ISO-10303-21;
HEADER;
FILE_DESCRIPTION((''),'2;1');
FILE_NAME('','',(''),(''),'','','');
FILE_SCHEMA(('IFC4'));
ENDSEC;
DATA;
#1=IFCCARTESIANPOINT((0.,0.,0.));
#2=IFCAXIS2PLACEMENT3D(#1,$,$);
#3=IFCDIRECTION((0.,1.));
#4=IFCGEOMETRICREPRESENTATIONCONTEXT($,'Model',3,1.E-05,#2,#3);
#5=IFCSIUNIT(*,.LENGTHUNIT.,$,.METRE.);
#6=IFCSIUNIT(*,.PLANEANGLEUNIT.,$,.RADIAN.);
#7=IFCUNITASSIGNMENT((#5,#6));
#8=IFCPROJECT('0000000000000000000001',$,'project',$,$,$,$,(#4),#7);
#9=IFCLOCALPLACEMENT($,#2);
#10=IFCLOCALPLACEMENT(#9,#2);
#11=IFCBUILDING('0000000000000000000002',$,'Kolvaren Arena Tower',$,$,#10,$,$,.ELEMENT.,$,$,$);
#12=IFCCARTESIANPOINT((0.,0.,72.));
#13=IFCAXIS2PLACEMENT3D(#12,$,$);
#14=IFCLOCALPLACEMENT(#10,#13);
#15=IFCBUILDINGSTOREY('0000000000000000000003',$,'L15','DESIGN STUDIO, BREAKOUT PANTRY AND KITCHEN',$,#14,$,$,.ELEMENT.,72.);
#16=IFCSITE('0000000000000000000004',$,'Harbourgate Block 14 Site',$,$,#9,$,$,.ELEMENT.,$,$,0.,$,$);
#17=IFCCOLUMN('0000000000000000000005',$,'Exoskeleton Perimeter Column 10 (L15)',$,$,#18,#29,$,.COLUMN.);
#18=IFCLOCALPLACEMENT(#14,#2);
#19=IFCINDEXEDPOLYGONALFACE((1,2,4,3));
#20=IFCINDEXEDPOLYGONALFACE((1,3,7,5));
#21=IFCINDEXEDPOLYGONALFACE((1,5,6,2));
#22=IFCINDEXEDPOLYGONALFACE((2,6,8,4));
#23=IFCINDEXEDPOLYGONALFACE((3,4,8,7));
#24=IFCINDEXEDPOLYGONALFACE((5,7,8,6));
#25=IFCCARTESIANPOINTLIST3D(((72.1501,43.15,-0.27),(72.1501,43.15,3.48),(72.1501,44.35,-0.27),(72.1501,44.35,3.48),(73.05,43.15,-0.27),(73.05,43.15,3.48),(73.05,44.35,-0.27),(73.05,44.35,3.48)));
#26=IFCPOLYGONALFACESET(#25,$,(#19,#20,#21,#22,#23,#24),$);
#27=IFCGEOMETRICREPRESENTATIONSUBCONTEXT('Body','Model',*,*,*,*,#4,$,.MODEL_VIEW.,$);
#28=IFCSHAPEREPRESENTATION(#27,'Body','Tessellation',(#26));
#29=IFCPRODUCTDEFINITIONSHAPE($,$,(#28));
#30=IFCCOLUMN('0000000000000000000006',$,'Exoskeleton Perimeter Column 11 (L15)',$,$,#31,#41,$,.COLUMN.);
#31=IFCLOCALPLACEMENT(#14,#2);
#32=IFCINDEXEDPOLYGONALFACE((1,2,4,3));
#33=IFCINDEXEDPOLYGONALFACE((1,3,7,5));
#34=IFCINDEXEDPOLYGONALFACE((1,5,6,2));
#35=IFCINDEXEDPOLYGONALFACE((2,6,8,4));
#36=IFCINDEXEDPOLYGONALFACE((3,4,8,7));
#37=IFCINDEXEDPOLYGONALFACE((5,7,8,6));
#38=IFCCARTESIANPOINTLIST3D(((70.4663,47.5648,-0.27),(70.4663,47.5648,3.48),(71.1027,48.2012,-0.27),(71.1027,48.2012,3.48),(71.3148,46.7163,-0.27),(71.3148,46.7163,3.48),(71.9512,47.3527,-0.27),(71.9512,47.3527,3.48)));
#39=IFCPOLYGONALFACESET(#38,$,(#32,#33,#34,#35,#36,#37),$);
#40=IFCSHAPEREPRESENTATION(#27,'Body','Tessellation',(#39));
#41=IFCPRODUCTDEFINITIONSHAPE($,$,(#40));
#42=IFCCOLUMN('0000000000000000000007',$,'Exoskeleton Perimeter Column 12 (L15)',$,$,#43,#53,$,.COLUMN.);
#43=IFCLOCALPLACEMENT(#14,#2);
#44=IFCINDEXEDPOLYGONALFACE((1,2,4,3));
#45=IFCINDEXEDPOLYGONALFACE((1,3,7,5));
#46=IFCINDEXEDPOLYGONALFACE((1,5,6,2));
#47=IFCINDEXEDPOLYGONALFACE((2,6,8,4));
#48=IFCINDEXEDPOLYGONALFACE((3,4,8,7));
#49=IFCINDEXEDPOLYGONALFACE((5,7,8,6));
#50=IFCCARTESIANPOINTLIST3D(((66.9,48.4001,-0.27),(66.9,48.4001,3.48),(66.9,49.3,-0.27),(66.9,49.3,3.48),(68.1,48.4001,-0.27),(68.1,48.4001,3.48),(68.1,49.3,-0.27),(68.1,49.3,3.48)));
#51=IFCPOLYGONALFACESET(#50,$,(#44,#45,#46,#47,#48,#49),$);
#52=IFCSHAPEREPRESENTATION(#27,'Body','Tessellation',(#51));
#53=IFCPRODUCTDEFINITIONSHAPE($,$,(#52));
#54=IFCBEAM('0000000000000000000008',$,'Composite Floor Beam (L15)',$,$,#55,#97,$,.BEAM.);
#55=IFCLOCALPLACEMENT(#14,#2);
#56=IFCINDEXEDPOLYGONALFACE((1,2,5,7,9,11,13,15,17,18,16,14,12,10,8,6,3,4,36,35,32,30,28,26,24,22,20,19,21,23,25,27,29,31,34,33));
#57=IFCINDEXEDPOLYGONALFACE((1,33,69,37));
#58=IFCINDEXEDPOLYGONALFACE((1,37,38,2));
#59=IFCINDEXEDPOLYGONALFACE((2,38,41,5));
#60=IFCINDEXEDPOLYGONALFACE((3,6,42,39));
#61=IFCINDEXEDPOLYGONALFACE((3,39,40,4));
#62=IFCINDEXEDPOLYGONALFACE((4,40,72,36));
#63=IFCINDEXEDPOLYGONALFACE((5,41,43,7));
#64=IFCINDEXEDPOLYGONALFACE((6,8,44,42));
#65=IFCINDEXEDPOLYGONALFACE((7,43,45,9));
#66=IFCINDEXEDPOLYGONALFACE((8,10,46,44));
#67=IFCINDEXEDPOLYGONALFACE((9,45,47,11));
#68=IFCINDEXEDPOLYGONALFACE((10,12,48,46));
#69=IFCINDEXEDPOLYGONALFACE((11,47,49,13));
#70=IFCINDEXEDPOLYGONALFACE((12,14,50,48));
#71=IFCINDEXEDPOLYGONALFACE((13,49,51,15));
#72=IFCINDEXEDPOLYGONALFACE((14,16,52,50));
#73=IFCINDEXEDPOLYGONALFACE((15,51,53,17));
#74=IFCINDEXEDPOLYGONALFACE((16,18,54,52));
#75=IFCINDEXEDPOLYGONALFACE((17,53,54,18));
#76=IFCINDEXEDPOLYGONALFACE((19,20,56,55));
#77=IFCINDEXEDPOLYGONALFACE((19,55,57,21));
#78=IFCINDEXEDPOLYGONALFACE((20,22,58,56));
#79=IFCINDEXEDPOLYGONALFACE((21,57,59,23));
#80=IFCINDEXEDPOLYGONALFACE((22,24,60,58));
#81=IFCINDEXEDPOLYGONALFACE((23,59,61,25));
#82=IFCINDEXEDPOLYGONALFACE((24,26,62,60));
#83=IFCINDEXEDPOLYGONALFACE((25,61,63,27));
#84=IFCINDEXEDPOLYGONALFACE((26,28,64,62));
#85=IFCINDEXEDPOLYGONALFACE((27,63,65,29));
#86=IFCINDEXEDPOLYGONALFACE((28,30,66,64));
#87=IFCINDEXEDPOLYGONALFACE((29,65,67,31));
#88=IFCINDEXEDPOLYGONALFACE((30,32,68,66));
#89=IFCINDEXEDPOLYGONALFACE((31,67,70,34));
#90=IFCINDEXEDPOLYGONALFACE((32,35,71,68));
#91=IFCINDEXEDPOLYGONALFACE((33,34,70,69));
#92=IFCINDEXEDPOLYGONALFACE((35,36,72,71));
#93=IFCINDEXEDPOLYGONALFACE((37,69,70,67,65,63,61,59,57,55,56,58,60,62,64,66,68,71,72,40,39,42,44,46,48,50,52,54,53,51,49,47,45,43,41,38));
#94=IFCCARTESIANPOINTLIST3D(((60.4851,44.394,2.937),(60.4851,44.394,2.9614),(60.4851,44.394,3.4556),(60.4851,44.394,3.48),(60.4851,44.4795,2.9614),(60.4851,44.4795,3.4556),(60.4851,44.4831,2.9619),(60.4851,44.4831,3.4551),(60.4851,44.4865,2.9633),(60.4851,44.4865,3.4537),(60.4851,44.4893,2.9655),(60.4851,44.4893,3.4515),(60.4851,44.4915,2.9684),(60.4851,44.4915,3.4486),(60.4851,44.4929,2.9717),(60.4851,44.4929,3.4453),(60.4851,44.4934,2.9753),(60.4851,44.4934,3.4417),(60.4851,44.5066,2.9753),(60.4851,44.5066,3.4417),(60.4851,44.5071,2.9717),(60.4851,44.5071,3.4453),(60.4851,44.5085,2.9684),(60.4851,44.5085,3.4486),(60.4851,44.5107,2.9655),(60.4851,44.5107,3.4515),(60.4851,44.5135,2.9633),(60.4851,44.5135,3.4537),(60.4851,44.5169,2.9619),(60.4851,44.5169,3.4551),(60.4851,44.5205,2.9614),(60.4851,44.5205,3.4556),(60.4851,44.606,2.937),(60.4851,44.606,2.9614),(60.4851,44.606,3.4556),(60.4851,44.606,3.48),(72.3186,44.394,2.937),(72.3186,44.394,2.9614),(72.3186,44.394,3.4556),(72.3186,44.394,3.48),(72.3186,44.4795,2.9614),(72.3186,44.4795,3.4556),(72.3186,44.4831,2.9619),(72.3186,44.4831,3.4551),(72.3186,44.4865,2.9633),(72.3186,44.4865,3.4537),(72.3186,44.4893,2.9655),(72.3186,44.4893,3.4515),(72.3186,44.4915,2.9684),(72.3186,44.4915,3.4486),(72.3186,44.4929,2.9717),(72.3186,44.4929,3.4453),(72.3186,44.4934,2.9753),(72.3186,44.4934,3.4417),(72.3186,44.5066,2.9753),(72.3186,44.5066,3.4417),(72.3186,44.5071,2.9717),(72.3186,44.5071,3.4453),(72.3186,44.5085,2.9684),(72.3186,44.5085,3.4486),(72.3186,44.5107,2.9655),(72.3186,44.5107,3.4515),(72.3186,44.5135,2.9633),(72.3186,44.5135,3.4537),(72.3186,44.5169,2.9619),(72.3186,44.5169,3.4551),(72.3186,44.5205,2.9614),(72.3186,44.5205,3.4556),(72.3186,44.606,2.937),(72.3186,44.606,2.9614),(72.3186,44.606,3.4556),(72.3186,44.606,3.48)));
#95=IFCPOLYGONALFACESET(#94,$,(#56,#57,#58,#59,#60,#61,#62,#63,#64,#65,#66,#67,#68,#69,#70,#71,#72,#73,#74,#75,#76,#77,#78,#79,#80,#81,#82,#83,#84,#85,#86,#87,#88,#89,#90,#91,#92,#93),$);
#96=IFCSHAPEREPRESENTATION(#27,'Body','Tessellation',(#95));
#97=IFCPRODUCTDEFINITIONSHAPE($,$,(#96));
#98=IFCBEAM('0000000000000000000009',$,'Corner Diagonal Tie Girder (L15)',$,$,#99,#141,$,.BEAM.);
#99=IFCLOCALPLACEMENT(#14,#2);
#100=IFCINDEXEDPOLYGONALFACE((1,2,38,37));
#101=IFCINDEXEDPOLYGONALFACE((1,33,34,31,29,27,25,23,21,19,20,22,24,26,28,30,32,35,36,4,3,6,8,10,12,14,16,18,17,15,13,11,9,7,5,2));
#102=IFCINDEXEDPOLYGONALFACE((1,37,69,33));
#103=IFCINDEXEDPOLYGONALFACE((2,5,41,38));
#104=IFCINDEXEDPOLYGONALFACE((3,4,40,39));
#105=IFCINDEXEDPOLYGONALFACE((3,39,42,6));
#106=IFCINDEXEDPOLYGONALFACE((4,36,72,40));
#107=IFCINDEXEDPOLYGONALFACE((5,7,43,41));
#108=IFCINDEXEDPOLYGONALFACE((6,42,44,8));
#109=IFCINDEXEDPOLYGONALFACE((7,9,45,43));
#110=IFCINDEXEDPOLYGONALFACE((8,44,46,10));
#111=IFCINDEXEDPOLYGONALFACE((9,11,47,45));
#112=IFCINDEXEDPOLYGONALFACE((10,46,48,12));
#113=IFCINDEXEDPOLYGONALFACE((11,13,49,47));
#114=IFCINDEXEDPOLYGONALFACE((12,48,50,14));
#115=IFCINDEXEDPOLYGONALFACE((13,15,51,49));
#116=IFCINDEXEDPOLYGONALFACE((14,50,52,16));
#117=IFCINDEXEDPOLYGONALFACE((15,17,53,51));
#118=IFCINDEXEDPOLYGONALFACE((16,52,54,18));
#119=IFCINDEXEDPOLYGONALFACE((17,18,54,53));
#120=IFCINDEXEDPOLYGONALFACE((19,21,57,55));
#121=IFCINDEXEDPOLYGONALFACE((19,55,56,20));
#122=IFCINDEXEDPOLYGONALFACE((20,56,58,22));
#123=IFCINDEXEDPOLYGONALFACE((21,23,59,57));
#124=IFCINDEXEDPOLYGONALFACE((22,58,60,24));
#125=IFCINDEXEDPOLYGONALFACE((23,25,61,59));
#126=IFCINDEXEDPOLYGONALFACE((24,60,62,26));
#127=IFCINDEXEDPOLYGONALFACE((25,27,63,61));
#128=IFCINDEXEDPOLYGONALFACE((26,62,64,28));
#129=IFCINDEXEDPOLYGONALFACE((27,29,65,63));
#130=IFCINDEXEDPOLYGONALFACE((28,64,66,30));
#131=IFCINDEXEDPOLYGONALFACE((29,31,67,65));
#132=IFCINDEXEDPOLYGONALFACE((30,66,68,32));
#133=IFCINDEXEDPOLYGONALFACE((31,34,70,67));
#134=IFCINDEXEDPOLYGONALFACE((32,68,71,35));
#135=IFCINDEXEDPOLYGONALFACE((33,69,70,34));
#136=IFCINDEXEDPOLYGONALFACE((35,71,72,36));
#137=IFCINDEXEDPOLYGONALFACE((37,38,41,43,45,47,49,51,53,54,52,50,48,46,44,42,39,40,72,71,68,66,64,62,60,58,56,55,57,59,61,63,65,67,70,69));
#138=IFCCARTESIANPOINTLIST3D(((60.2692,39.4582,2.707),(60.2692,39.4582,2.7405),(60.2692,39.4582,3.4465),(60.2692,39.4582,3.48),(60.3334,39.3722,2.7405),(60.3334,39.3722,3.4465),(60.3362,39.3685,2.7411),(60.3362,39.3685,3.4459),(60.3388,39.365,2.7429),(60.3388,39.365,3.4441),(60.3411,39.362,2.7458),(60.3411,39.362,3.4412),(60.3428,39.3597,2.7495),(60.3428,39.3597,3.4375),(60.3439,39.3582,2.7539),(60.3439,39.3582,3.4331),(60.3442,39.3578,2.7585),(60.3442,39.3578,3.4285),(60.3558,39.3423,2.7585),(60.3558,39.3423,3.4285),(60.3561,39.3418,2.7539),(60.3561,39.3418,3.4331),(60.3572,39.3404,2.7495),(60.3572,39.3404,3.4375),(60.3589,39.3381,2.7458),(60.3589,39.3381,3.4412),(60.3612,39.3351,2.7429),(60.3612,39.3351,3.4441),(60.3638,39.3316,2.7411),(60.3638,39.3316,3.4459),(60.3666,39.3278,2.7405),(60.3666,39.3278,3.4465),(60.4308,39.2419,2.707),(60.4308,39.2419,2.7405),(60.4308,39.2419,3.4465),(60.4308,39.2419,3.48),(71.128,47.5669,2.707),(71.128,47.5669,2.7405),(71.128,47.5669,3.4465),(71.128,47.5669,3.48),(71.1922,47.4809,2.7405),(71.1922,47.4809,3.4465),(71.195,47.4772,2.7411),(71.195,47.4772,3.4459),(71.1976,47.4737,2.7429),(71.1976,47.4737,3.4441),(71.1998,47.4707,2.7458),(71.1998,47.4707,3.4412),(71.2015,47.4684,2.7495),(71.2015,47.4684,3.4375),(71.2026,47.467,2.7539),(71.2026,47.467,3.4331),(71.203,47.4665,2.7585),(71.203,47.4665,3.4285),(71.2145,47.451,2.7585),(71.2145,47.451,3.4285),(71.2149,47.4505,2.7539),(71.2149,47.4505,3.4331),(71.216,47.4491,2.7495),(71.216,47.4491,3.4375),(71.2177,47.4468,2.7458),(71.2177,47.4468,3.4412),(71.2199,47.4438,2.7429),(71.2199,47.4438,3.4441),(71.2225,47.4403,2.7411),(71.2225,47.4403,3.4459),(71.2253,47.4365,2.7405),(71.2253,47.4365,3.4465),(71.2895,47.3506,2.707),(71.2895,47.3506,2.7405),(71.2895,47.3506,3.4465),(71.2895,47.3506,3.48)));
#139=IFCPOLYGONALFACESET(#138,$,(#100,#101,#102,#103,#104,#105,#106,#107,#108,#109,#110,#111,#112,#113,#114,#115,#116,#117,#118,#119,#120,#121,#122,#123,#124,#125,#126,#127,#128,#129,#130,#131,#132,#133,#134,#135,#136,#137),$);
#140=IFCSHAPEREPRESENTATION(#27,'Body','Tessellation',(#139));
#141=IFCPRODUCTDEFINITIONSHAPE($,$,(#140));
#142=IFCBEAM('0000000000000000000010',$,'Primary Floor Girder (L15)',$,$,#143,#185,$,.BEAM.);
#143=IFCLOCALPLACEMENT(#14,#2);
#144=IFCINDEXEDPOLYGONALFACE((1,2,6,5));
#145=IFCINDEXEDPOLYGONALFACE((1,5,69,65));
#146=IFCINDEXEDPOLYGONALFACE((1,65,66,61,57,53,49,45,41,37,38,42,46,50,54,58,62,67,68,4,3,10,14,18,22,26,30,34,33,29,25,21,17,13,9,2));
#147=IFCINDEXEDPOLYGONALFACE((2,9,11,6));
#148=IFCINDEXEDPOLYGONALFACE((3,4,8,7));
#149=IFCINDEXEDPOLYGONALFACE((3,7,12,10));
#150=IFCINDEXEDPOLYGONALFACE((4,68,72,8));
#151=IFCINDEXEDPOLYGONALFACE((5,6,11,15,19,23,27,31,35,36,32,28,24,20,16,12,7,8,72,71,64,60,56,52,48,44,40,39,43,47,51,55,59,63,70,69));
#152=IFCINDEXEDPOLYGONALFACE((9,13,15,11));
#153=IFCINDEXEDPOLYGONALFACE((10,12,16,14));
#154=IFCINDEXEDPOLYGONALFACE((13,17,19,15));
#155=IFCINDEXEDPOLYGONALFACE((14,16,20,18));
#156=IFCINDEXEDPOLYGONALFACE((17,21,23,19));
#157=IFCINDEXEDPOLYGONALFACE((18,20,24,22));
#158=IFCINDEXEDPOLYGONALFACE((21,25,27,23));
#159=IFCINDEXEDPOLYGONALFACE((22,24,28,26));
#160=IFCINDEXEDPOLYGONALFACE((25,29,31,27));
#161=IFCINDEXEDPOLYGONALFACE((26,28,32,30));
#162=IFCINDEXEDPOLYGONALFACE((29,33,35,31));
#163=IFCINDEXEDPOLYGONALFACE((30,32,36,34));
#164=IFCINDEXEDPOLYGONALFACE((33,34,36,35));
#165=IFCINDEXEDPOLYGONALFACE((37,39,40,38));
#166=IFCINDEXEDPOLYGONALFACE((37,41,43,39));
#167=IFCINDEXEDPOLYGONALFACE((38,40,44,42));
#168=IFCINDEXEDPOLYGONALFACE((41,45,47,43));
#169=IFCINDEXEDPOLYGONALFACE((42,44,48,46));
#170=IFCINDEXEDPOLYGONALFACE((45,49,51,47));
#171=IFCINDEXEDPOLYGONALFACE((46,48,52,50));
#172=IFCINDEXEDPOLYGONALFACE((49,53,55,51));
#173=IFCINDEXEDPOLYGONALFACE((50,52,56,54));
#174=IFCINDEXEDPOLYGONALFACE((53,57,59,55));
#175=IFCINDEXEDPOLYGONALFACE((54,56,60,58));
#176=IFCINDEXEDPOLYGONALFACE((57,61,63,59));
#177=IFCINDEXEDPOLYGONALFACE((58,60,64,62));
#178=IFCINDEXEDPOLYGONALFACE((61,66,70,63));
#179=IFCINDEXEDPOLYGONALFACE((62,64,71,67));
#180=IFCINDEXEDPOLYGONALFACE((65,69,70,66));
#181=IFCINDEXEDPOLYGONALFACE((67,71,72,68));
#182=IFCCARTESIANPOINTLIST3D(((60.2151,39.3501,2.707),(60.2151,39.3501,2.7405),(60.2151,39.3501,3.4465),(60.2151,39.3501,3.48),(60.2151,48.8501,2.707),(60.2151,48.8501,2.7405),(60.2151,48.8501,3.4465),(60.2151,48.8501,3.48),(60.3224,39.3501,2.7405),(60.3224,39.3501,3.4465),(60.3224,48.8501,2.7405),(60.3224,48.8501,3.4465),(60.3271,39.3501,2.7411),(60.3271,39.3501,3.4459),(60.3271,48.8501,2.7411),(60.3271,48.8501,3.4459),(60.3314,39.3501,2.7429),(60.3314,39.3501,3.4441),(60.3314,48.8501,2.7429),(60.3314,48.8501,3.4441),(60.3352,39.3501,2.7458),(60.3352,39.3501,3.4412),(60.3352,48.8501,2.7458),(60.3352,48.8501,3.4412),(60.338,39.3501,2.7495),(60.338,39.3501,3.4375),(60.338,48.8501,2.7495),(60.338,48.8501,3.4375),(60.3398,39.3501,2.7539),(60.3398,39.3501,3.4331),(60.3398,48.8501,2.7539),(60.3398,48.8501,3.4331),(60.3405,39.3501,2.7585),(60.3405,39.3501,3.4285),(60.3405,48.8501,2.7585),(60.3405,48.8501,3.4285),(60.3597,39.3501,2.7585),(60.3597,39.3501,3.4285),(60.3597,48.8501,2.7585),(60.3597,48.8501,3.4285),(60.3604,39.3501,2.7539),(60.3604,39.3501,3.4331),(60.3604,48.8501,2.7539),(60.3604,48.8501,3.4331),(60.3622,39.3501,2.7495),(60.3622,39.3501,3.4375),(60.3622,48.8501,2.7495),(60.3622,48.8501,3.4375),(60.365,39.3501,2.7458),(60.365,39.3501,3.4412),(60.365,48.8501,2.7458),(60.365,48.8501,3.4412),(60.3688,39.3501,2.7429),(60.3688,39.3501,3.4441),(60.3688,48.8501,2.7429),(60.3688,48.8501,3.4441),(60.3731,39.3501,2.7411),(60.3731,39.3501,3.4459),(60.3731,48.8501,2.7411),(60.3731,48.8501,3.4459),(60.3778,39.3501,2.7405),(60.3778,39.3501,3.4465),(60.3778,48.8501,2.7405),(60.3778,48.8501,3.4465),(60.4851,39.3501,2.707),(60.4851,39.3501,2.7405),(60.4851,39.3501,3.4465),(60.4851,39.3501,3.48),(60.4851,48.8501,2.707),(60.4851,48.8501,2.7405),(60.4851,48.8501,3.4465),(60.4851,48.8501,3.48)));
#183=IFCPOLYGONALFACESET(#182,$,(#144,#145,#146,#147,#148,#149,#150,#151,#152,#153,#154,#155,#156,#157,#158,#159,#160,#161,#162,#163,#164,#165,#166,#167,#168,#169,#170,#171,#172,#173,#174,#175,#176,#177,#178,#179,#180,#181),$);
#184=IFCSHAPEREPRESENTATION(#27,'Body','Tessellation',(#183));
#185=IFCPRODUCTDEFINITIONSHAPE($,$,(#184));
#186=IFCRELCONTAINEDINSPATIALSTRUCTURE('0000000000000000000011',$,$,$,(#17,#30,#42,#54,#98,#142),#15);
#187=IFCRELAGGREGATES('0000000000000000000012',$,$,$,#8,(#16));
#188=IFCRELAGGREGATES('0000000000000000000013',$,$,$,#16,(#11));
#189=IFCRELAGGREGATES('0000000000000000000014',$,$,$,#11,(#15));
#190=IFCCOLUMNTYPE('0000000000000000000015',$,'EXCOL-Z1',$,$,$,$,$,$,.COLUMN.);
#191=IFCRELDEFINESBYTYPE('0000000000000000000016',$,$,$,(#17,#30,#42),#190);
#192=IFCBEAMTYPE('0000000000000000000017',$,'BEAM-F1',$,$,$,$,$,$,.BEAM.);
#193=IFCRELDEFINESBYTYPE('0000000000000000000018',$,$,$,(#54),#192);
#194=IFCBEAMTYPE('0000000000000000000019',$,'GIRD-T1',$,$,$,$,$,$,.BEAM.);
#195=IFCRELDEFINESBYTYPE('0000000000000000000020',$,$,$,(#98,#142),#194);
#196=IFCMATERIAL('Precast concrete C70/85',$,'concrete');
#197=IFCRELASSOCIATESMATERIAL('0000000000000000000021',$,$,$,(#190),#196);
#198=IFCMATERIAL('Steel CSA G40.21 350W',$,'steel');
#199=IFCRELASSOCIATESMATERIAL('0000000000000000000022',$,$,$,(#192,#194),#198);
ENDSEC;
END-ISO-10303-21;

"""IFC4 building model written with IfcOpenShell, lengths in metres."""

from ifc_helpers import new_model, si_unit, direction, frame, origin, origin_2d, place, context, subcontext, project, spatial, rectangle, i_section, extrude, material, material_profile, profile_set, type_object, element, save


model = new_model("IFC4")

# Units and contexts
model_context = context("Model", 3, precision=1e-05, world=origin(), true_north=direction((0.0, 1.0)))
body_context = subcontext(model_context, "Body", "Model", "MODEL_VIEW")
ifc_project = project(units=[si_unit("LENGTHUNIT", "METRE"), si_unit("PLANEANGLEUNIT", "RADIAN")], contexts=[model_context])

# Site, building, storey
site_placement = place(None, origin())
site = spatial("IfcSite", under=ifc_project, at=site_placement, Name="Harbourgate Block 14 Site", CompositionType="ELEMENT", RefElevation=0.0)
building_placement = place(site_placement, origin())
building = spatial("IfcBuilding", under=site, at=building_placement, Name="Kolvaren Arena Tower", CompositionType="ELEMENT")
storey_placement = place(building_placement, frame((0.0, 0.0, 72.0)))
storey = spatial("IfcBuildingStorey", under=building, at=storey_placement, Name="L15", Description="DESIGN STUDIO, BREAKOUT PANTRY AND KITCHEN", CompositionType="ELEMENT", Elevation=72.0)

# Columns
ifc_material_1 = material(Name="Precast concrete C70/85", Category="concrete")
ifc_material_profile_1 = material_profile(ifc_material_1, rectangle(XDim=1.2, YDim=0.8999, at=origin_2d()), Name="RC-1200x900")
ifc_profile_set_1 = profile_set([ifc_material_profile_1], Name="Precast concrete C70/85")
column_type = type_object("IfcColumnType", Name="EXCOL-Z1", PredefinedType="COLUMN", material=ifc_profile_set_1)
for number, where, z_axis, x_axis, name in (
    (1, (72.6001, 43.75, -0.27), (0.0, 0.0, 1.0), (0.0, 1.0, 0.0), "Exoskeleton Perimeter Column 10 (L15)"),
    (2, (71.2087, 47.4587, -0.27), (0.0, 0.0, 1.0), (-0.707107, 0.707107, 0.0), "Exoskeleton Perimeter Column 11 (L15)"),
    (3, (67.5, 48.8501, -0.27), (0.0, 0.0, 1.0), (1.0, 0.0, 0.0), "Exoskeleton Perimeter Column 12 (L15)"),
):
    element("IfcColumn", number, at=place(storey_placement, frame(where, z_axis=z_axis, x_axis=x_axis)), inside=storey, type_object=column_type, Name=name, PredefinedType="COLUMN", context=body_context, shape_type="SweptSolid", body=[
        extrude(rectangle(XDim=1.2, YDim=0.8999, at=origin_2d()), origin(), (0.0, 0.0, 1.0), 3.75),
    ])

# Beams
ifc_material_2 = material(Name="Steel CSA G40.21 350W", Category="steel")
ifc_material_profile_2 = material_profile(ifc_material_2, i_section(OverallWidth=0.2119, OverallDepth=0.543, WebThickness=0.0132, FlangeThickness=0.0244, FilletRadius=0.0139, at=origin_2d()), Name="W530x150")
ifc_profile_set_2 = profile_set([ifc_material_profile_2], Name="Steel CSA G40.21 350W")
beam_type_1 = type_object("IfcBeamType", Name="BEAM-F1", PredefinedType="BEAM", material=ifc_profile_set_2)
beam_1_placement = place(storey_placement, frame((60.4851, 44.5, 3.2085), z_axis=(1.0, 0.0, 0.0), x_axis=(0.0, 1.0, 0.0)))
element("IfcBeam", 4, at=beam_1_placement, inside=storey, type_object=beam_type_1, Name="Composite Floor Beam (L15)", PredefinedType="BEAM", context=body_context, shape_type="SweptSolid", body=[
    extrude(i_section(OverallWidth=0.2119, OverallDepth=0.543, WebThickness=0.0132, FlangeThickness=0.0244, FilletRadius=0.0139, at=origin_2d()), origin(), (0.0, 0.0, 1.0), 11.8335),
])
ifc_material_profile_3 = material_profile(ifc_material_2, i_section(OverallWidth=0.27, OverallDepth=0.7729, WebThickness=0.0193, FlangeThickness=0.0334, FilletRadius=0.0181, at=origin_2d()), Name="W760x257")
ifc_profile_set_3 = profile_set([ifc_material_profile_3], Name="Steel CSA G40.21 350W")
beam_type_2 = type_object("IfcBeamType", Name="GIRD-T1", PredefinedType="BEAM", material=ifc_profile_set_3)
beam_2_placement = place(storey_placement, frame((71.2087, 47.4587, 3.0935), z_axis=(-0.80125, -0.59833, 0.0), x_axis=(0.59833, -0.80125, 0.0)))
element("IfcBeam", 5, at=beam_2_placement, inside=storey, type_object=beam_type_2, Name="Corner Diagonal Tie Girder (L15)", PredefinedType="BEAM", context=body_context, shape_type="SweptSolid", body=[
    extrude(i_section(OverallWidth=0.27, OverallDepth=0.7729, WebThickness=0.0193, FlangeThickness=0.0334, FilletRadius=0.0181, at=origin_2d()), origin(), (0.0, 0.0, 1.0), 13.5522),
])
beam_3_placement = place(storey_placement, frame((60.3501, 39.3501, 3.0935), z_axis=(0.0, 1.0, 0.0), x_axis=(-1.0, 0.0, 0.0)))
element("IfcBeam", 6, at=beam_3_placement, inside=storey, type_object=beam_type_2, Name="Primary Floor Girder (L15)", PredefinedType="BEAM", context=body_context, shape_type="SweptSolid", body=[
    extrude(i_section(OverallWidth=0.27, OverallDepth=0.7729, WebThickness=0.0193, FlangeThickness=0.0334, FilletRadius=0.0181, at=origin_2d()), origin(), (0.0, 0.0, 1.0), 9.5),
])

save(model, "model.ifc")
